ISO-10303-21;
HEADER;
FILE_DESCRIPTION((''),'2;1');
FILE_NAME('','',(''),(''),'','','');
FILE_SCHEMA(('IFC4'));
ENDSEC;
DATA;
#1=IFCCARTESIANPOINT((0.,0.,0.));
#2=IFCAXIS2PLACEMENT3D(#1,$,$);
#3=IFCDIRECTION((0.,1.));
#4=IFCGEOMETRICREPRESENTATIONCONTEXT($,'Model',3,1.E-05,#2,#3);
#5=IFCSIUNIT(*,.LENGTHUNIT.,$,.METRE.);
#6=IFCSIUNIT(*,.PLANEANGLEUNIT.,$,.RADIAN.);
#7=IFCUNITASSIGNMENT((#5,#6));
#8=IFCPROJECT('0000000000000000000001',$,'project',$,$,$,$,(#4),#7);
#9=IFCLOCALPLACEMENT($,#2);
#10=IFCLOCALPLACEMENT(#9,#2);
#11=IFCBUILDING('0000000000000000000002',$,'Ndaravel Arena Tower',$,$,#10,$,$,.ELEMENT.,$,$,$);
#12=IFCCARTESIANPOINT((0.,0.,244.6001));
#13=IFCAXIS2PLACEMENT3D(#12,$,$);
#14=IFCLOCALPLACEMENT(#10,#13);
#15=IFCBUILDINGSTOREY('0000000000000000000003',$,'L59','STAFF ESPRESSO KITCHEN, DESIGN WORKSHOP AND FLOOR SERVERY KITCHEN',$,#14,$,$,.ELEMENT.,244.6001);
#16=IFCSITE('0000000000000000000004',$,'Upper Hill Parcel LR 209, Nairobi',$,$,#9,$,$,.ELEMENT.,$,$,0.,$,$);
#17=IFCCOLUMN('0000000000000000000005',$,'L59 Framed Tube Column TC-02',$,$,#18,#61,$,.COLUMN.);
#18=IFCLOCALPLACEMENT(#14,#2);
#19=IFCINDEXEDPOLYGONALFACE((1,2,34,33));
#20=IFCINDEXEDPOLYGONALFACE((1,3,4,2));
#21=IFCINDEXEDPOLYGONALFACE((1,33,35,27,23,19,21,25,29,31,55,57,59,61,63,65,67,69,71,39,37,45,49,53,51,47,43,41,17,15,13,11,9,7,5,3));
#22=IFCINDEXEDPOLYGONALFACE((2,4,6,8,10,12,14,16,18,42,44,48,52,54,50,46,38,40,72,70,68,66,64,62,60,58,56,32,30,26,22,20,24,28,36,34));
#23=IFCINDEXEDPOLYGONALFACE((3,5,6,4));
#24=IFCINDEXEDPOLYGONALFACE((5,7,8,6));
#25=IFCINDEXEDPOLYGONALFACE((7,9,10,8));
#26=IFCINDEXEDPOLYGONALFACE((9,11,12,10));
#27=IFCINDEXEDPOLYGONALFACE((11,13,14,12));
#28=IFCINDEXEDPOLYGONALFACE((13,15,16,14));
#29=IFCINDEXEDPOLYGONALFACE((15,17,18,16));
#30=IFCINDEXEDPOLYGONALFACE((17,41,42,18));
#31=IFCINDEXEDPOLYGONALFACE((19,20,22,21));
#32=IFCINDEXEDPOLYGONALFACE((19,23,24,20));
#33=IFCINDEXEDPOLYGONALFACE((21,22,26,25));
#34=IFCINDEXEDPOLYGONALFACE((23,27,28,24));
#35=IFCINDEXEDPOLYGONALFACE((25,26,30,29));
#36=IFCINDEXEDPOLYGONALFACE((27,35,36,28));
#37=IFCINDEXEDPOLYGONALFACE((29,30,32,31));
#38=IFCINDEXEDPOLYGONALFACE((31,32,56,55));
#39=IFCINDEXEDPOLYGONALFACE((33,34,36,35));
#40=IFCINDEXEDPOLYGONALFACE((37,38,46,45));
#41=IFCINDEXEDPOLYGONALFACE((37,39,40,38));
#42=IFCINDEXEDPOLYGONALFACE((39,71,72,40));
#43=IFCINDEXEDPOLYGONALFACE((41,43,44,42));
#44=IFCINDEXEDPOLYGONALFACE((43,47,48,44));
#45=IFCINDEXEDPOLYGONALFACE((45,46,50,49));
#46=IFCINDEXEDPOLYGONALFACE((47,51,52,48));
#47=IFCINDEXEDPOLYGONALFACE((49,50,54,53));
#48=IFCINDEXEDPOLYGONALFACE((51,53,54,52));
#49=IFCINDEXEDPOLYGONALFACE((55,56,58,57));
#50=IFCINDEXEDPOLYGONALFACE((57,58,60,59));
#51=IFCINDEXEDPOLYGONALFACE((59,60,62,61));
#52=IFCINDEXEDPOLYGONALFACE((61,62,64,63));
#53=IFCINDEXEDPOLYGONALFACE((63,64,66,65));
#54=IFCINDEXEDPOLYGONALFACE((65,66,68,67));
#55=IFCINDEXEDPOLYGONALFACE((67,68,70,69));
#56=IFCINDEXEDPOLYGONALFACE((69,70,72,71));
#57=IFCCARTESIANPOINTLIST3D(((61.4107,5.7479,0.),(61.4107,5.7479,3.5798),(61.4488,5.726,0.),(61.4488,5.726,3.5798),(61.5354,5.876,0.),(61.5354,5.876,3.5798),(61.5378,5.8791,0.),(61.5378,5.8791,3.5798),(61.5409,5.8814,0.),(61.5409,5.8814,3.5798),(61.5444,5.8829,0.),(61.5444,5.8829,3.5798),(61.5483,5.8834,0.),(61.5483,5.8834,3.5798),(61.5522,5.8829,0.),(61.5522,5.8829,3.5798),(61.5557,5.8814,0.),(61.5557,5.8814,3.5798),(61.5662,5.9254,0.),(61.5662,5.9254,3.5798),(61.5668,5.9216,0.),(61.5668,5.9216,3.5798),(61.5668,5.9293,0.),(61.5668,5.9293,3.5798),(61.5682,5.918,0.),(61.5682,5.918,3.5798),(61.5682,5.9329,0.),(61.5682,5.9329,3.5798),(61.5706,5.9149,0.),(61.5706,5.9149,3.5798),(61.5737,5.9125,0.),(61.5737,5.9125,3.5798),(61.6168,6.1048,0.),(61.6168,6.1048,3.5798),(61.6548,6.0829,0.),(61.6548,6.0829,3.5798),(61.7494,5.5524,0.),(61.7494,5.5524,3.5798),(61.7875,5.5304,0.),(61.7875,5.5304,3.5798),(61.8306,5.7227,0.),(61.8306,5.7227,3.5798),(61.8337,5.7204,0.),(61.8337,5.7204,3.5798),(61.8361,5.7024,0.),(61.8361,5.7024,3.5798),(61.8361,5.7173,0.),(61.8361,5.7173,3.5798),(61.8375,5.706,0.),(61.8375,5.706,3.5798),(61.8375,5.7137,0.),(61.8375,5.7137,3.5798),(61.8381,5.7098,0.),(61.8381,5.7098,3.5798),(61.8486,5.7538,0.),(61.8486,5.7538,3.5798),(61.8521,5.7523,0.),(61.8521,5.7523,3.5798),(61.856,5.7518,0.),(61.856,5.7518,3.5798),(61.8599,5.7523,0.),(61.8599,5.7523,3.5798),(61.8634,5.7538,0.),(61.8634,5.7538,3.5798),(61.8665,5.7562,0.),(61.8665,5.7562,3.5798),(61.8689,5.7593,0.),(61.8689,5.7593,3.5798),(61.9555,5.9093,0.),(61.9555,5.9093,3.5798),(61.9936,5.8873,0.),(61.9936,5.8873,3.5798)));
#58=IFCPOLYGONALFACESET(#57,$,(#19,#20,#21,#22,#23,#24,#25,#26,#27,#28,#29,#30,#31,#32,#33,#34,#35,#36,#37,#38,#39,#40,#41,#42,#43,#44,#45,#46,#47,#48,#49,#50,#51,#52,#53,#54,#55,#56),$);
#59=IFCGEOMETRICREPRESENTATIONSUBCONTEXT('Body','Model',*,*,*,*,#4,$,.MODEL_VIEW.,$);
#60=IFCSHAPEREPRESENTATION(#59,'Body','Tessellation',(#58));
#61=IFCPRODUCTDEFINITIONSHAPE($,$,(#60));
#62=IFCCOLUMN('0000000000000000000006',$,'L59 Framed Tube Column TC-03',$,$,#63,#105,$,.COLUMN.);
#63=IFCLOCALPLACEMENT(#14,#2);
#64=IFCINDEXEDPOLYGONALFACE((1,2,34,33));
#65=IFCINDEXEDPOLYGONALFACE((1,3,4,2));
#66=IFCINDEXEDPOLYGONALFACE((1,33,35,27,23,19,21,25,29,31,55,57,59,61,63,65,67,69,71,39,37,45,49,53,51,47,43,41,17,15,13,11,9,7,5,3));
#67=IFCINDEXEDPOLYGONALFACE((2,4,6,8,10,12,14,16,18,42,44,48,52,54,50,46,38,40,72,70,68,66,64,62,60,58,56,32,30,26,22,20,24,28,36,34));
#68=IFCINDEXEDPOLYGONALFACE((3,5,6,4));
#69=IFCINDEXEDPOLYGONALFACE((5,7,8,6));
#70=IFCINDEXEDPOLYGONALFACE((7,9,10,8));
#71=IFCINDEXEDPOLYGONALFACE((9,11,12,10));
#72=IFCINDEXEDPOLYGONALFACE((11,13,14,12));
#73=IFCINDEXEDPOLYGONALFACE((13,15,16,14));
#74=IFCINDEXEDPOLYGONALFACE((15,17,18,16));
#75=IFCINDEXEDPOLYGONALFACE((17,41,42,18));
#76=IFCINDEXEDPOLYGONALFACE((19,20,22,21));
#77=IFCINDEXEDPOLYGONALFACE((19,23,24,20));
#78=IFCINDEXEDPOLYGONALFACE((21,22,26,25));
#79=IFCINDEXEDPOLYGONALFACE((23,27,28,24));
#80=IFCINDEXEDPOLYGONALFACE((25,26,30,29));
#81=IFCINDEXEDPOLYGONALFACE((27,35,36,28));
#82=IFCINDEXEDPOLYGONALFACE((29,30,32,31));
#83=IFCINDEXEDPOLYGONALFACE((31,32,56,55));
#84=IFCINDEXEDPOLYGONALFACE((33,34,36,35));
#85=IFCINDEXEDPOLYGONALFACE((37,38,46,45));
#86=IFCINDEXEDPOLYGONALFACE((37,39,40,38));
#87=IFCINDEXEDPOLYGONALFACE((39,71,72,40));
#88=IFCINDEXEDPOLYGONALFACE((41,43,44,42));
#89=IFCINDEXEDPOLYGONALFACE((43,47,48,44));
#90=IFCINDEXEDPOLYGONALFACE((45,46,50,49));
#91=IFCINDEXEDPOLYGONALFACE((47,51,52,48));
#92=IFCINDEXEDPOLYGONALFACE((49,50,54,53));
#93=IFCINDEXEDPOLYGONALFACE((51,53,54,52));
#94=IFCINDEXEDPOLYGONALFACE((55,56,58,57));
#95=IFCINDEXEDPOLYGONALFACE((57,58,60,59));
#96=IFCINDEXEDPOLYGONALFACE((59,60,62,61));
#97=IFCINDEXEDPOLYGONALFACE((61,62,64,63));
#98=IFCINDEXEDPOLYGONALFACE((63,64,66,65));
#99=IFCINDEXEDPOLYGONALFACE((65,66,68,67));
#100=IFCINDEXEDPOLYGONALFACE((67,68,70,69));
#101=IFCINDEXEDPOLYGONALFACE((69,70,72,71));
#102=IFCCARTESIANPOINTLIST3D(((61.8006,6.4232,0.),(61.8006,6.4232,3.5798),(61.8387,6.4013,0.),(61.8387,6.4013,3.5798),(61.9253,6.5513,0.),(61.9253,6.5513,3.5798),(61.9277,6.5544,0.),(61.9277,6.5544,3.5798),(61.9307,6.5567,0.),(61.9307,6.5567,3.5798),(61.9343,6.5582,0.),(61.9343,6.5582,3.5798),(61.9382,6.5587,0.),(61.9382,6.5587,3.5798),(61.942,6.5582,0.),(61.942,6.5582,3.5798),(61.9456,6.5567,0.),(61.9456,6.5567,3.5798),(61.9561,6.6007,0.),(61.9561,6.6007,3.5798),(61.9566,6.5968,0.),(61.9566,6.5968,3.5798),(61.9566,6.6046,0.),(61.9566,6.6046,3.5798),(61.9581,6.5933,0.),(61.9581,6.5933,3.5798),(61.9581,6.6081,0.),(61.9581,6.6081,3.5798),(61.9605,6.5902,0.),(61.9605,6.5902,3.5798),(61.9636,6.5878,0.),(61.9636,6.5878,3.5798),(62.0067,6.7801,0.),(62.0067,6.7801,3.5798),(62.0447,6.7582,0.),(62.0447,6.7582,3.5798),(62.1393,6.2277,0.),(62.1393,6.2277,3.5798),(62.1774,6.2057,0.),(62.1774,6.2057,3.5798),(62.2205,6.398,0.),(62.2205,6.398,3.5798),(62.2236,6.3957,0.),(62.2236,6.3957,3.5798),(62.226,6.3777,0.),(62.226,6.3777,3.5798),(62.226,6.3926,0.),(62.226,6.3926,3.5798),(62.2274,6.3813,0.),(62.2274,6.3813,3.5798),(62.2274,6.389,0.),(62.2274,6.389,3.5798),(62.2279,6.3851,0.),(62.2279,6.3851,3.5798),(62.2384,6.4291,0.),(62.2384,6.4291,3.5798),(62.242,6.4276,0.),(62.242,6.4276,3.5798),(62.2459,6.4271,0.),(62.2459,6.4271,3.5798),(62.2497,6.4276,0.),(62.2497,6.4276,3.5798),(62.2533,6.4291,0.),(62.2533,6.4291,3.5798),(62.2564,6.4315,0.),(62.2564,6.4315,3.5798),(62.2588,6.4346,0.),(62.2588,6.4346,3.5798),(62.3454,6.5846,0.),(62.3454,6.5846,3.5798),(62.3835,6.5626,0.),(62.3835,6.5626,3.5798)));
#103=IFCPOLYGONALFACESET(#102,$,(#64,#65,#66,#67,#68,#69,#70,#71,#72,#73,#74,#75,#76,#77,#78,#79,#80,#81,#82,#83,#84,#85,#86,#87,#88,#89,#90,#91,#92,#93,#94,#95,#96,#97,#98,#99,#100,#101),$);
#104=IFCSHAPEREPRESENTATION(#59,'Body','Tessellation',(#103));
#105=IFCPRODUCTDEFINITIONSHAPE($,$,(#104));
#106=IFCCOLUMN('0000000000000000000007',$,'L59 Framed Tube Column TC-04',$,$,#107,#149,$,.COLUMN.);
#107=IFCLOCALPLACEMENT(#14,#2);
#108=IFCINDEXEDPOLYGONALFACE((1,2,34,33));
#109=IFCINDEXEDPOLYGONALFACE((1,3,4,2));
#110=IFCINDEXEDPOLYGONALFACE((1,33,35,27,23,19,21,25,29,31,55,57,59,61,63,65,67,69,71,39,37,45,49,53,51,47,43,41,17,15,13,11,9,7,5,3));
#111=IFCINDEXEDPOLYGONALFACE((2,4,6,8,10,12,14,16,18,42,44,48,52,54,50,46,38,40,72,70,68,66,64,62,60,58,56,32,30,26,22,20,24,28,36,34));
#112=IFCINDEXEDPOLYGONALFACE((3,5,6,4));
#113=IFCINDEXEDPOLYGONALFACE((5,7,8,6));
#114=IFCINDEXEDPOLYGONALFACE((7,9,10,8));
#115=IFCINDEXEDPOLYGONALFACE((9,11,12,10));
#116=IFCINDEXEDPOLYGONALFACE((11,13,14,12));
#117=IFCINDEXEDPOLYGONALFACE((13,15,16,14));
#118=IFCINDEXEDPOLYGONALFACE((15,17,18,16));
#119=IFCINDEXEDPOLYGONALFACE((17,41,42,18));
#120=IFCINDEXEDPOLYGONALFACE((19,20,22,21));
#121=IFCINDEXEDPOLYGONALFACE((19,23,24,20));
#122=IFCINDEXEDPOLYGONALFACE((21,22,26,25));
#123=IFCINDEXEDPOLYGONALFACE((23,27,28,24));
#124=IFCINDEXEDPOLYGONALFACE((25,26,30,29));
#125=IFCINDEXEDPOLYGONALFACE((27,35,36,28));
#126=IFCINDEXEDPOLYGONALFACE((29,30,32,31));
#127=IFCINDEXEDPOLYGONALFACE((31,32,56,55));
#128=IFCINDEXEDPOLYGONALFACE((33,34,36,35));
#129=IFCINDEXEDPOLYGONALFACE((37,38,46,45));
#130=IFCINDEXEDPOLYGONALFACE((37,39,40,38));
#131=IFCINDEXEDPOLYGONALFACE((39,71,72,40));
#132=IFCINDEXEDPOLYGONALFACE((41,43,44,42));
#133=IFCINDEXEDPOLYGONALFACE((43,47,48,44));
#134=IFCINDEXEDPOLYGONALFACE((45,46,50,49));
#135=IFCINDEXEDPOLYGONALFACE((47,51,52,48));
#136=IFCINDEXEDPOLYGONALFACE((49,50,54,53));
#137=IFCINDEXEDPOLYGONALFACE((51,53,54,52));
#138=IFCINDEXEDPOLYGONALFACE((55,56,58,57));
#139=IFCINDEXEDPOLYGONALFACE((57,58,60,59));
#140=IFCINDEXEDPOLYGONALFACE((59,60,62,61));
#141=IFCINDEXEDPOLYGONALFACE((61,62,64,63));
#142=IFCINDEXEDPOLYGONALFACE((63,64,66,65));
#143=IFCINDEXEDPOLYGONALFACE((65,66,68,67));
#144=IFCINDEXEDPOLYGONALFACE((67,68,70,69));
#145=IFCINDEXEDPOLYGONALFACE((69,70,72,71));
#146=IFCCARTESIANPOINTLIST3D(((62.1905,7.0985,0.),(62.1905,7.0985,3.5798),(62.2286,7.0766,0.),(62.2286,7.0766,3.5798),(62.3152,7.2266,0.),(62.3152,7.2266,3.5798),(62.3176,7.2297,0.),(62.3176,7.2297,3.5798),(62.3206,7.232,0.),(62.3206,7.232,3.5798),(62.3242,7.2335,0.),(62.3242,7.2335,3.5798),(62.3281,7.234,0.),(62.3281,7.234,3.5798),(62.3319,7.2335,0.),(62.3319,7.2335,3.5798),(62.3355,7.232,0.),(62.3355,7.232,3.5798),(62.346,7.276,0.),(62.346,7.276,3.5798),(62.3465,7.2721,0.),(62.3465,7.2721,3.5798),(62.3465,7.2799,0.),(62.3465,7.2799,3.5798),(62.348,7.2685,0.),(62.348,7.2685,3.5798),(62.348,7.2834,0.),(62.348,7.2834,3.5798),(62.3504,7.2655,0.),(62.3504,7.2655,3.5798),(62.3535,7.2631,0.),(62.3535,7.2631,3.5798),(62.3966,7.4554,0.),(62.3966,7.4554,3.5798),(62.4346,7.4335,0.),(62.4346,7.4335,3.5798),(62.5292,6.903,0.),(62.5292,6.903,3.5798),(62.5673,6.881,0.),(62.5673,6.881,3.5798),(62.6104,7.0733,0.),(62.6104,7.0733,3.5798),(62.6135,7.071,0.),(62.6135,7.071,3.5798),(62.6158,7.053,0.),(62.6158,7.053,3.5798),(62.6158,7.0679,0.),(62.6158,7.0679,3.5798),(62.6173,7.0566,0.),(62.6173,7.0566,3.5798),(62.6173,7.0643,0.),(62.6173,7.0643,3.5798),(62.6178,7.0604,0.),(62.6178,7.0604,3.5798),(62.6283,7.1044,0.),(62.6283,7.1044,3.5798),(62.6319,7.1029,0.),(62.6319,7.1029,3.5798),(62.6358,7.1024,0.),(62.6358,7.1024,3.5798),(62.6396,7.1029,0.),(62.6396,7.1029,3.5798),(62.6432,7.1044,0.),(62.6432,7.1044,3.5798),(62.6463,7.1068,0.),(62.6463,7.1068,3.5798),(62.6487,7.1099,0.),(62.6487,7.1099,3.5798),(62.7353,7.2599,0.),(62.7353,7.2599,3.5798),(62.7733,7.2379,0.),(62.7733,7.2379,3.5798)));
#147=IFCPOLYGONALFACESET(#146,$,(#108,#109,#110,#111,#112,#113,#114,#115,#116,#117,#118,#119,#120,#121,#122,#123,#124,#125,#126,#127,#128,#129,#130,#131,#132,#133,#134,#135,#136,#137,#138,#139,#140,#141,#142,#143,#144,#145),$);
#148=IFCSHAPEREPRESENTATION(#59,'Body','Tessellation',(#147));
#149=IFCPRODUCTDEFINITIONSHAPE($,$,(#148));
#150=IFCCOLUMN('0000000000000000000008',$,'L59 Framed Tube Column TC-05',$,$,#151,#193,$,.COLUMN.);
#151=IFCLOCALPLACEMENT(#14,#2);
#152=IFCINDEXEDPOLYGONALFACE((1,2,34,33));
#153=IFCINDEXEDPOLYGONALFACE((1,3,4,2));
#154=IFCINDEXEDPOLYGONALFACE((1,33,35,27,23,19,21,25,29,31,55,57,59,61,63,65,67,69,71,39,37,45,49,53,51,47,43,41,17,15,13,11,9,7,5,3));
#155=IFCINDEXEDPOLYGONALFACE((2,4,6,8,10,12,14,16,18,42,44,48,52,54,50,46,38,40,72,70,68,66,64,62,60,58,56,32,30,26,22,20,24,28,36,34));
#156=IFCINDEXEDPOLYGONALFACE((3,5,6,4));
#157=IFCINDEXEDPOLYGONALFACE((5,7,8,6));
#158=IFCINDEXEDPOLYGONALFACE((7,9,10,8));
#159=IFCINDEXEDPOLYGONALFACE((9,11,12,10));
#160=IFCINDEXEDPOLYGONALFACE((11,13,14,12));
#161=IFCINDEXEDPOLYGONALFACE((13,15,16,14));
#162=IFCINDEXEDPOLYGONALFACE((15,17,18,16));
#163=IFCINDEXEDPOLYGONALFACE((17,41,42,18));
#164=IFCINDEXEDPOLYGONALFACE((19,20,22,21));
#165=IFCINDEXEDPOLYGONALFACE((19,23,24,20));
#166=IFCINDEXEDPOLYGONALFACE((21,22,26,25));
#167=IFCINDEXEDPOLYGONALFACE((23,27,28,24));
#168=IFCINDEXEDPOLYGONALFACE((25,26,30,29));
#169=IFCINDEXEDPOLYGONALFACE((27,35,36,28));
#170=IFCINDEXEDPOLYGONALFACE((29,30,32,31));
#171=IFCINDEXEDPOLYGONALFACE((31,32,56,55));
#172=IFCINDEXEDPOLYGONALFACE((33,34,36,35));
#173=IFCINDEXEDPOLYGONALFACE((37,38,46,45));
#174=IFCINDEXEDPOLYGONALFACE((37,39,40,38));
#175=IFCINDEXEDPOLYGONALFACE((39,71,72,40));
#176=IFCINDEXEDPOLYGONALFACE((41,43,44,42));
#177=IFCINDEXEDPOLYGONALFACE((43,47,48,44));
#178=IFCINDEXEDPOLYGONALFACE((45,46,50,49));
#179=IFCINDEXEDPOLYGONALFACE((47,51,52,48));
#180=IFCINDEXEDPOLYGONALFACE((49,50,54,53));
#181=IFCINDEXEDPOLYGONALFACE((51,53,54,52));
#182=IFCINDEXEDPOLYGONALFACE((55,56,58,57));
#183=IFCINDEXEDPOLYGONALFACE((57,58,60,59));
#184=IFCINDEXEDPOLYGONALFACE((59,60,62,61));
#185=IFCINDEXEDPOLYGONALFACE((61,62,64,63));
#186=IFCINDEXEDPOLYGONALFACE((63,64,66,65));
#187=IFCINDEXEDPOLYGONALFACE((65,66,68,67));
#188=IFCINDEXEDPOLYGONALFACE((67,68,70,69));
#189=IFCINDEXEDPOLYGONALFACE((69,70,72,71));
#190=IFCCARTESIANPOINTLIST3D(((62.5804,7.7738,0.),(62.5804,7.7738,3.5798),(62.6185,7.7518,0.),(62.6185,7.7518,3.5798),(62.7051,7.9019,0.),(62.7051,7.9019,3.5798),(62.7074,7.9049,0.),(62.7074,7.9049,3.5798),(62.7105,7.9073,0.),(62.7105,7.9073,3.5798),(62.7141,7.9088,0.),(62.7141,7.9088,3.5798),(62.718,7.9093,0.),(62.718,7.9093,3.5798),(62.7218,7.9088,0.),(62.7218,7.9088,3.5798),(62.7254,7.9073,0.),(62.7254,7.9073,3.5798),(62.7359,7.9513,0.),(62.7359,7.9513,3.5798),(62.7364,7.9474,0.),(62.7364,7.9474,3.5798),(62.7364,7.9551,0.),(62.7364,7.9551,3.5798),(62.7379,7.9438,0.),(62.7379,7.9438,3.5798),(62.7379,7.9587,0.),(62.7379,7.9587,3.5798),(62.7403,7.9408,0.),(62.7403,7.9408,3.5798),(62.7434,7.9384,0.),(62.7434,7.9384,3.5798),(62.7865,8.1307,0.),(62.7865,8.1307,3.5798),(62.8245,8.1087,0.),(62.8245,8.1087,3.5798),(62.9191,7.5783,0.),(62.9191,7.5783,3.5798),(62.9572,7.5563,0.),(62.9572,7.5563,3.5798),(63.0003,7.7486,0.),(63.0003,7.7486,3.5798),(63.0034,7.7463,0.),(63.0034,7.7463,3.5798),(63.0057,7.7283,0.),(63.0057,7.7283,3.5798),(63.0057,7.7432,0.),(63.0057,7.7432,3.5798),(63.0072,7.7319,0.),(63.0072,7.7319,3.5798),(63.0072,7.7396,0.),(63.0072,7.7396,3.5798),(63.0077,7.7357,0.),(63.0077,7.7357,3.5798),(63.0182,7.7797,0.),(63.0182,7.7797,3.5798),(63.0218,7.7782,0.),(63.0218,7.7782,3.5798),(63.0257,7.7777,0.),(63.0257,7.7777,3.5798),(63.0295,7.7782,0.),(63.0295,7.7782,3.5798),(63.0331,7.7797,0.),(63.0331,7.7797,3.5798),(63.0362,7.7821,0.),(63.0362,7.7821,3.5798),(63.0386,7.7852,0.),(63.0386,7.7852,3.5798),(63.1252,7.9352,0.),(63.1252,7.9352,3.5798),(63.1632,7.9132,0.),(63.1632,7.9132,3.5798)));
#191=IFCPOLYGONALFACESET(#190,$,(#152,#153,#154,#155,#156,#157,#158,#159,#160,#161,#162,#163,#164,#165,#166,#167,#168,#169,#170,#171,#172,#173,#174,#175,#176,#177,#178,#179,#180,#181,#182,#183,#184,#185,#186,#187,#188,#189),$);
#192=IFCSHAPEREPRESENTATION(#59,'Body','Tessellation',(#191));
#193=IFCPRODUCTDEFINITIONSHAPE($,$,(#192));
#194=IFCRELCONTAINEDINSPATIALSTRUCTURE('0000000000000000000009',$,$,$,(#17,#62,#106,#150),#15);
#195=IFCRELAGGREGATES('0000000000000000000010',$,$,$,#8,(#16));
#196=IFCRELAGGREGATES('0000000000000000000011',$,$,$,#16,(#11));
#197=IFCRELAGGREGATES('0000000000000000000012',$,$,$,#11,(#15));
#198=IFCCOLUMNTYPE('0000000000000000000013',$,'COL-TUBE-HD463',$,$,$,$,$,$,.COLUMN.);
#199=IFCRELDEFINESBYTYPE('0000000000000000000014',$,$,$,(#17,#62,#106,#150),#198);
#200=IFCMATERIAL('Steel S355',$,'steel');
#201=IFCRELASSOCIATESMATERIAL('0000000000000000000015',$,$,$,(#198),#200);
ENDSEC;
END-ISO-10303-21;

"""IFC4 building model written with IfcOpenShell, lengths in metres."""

from ifc_helpers import new_model, si_unit, direction, frame, origin, origin_2d, place, context, subcontext, project, spatial, i_section, extrude, material, material_profile, profile_set, type_object, element, save


model = new_model("IFC4")

# Units and contexts
model_context = context("Model", 3, precision=1e-05, world=origin(), true_north=direction((0.0, 1.0)))
body_context = subcontext(model_context, "Body", "Model", "MODEL_VIEW")
ifc_project = project(units=[si_unit("LENGTHUNIT", "METRE"), si_unit("PLANEANGLEUNIT", "RADIAN")], contexts=[model_context])

# Site, building, storey
site_placement = place(None, origin())
site = spatial("IfcSite", under=ifc_project, at=site_placement, Name="Upper Hill Parcel LR 209, Nairobi", CompositionType="ELEMENT", RefElevation=0.0)
building_placement = place(site_placement, origin())
building = spatial("IfcBuilding", under=site, at=building_placement, Name="Ndaravel Arena Tower", CompositionType="ELEMENT")
storey_placement = place(building_placement, frame((0.0, 0.0, 244.6001)))
storey = spatial("IfcBuildingStorey", under=building, at=storey_placement, Name="L59", Description="STAFF ESPRESSO KITCHEN, DESIGN WORKSHOP AND FLOOR SERVERY KITCHEN", CompositionType="ELEMENT", Elevation=244.6001)

# Columns
ifc_material_1 = material(Name="Steel S355", Category="steel")
ifc_material_profile_1 = material_profile(ifc_material_1, i_section(OverallWidth=0.4121, OverallDepth=0.4351, WebThickness=0.0359, FlangeThickness=0.0439, FilletRadius=0.0149, at=origin_2d()), Name="HD 400x463")
ifc_profile_set_1 = profile_set([ifc_material_profile_1], Name="Steel S355")
column_type = type_object("IfcColumnType", Name="COL-TUBE-HD463", PredefinedType="COLUMN", material=ifc_profile_set_1)
for number, where, z_axis, x_axis, name in (
    (1, (61.7021, 5.8176, 0.0), (0.0, 0.0, 1.0), (0.5, 0.866025, 0.0), "L59 Framed Tube Column TC-02"),
    (2, (62.092, 6.4929, 0.0), (0.0, 0.0, 1.0), (0.5, 0.866025, 0.0), "L59 Framed Tube Column TC-03"),
    (3, (62.4819, 7.1682, 0.0), (0.0, 0.0, 1.0), (0.5, 0.866025, 0.0), "L59 Framed Tube Column TC-04"),
    (4, (62.8718, 7.8435, 0.0), (0.0, 0.0, 1.0), (0.5, 0.866025, 0.0), "L59 Framed Tube Column TC-05"),
):
    element("IfcColumn", number, at=place(storey_placement, frame(where, z_axis=z_axis, x_axis=x_axis)), inside=storey, type_object=column_type, Name=name, PredefinedType="COLUMN", context=body_context, shape_type="SweptSolid", body=[
        extrude(i_section(OverallWidth=0.4121, OverallDepth=0.4351, WebThickness=0.0359, FlangeThickness=0.0439, FilletRadius=0.0149, at=origin_2d()), origin(), (0.0, 0.0, 1.0), 3.5798),
    ])

save(model, "model.ifc")
